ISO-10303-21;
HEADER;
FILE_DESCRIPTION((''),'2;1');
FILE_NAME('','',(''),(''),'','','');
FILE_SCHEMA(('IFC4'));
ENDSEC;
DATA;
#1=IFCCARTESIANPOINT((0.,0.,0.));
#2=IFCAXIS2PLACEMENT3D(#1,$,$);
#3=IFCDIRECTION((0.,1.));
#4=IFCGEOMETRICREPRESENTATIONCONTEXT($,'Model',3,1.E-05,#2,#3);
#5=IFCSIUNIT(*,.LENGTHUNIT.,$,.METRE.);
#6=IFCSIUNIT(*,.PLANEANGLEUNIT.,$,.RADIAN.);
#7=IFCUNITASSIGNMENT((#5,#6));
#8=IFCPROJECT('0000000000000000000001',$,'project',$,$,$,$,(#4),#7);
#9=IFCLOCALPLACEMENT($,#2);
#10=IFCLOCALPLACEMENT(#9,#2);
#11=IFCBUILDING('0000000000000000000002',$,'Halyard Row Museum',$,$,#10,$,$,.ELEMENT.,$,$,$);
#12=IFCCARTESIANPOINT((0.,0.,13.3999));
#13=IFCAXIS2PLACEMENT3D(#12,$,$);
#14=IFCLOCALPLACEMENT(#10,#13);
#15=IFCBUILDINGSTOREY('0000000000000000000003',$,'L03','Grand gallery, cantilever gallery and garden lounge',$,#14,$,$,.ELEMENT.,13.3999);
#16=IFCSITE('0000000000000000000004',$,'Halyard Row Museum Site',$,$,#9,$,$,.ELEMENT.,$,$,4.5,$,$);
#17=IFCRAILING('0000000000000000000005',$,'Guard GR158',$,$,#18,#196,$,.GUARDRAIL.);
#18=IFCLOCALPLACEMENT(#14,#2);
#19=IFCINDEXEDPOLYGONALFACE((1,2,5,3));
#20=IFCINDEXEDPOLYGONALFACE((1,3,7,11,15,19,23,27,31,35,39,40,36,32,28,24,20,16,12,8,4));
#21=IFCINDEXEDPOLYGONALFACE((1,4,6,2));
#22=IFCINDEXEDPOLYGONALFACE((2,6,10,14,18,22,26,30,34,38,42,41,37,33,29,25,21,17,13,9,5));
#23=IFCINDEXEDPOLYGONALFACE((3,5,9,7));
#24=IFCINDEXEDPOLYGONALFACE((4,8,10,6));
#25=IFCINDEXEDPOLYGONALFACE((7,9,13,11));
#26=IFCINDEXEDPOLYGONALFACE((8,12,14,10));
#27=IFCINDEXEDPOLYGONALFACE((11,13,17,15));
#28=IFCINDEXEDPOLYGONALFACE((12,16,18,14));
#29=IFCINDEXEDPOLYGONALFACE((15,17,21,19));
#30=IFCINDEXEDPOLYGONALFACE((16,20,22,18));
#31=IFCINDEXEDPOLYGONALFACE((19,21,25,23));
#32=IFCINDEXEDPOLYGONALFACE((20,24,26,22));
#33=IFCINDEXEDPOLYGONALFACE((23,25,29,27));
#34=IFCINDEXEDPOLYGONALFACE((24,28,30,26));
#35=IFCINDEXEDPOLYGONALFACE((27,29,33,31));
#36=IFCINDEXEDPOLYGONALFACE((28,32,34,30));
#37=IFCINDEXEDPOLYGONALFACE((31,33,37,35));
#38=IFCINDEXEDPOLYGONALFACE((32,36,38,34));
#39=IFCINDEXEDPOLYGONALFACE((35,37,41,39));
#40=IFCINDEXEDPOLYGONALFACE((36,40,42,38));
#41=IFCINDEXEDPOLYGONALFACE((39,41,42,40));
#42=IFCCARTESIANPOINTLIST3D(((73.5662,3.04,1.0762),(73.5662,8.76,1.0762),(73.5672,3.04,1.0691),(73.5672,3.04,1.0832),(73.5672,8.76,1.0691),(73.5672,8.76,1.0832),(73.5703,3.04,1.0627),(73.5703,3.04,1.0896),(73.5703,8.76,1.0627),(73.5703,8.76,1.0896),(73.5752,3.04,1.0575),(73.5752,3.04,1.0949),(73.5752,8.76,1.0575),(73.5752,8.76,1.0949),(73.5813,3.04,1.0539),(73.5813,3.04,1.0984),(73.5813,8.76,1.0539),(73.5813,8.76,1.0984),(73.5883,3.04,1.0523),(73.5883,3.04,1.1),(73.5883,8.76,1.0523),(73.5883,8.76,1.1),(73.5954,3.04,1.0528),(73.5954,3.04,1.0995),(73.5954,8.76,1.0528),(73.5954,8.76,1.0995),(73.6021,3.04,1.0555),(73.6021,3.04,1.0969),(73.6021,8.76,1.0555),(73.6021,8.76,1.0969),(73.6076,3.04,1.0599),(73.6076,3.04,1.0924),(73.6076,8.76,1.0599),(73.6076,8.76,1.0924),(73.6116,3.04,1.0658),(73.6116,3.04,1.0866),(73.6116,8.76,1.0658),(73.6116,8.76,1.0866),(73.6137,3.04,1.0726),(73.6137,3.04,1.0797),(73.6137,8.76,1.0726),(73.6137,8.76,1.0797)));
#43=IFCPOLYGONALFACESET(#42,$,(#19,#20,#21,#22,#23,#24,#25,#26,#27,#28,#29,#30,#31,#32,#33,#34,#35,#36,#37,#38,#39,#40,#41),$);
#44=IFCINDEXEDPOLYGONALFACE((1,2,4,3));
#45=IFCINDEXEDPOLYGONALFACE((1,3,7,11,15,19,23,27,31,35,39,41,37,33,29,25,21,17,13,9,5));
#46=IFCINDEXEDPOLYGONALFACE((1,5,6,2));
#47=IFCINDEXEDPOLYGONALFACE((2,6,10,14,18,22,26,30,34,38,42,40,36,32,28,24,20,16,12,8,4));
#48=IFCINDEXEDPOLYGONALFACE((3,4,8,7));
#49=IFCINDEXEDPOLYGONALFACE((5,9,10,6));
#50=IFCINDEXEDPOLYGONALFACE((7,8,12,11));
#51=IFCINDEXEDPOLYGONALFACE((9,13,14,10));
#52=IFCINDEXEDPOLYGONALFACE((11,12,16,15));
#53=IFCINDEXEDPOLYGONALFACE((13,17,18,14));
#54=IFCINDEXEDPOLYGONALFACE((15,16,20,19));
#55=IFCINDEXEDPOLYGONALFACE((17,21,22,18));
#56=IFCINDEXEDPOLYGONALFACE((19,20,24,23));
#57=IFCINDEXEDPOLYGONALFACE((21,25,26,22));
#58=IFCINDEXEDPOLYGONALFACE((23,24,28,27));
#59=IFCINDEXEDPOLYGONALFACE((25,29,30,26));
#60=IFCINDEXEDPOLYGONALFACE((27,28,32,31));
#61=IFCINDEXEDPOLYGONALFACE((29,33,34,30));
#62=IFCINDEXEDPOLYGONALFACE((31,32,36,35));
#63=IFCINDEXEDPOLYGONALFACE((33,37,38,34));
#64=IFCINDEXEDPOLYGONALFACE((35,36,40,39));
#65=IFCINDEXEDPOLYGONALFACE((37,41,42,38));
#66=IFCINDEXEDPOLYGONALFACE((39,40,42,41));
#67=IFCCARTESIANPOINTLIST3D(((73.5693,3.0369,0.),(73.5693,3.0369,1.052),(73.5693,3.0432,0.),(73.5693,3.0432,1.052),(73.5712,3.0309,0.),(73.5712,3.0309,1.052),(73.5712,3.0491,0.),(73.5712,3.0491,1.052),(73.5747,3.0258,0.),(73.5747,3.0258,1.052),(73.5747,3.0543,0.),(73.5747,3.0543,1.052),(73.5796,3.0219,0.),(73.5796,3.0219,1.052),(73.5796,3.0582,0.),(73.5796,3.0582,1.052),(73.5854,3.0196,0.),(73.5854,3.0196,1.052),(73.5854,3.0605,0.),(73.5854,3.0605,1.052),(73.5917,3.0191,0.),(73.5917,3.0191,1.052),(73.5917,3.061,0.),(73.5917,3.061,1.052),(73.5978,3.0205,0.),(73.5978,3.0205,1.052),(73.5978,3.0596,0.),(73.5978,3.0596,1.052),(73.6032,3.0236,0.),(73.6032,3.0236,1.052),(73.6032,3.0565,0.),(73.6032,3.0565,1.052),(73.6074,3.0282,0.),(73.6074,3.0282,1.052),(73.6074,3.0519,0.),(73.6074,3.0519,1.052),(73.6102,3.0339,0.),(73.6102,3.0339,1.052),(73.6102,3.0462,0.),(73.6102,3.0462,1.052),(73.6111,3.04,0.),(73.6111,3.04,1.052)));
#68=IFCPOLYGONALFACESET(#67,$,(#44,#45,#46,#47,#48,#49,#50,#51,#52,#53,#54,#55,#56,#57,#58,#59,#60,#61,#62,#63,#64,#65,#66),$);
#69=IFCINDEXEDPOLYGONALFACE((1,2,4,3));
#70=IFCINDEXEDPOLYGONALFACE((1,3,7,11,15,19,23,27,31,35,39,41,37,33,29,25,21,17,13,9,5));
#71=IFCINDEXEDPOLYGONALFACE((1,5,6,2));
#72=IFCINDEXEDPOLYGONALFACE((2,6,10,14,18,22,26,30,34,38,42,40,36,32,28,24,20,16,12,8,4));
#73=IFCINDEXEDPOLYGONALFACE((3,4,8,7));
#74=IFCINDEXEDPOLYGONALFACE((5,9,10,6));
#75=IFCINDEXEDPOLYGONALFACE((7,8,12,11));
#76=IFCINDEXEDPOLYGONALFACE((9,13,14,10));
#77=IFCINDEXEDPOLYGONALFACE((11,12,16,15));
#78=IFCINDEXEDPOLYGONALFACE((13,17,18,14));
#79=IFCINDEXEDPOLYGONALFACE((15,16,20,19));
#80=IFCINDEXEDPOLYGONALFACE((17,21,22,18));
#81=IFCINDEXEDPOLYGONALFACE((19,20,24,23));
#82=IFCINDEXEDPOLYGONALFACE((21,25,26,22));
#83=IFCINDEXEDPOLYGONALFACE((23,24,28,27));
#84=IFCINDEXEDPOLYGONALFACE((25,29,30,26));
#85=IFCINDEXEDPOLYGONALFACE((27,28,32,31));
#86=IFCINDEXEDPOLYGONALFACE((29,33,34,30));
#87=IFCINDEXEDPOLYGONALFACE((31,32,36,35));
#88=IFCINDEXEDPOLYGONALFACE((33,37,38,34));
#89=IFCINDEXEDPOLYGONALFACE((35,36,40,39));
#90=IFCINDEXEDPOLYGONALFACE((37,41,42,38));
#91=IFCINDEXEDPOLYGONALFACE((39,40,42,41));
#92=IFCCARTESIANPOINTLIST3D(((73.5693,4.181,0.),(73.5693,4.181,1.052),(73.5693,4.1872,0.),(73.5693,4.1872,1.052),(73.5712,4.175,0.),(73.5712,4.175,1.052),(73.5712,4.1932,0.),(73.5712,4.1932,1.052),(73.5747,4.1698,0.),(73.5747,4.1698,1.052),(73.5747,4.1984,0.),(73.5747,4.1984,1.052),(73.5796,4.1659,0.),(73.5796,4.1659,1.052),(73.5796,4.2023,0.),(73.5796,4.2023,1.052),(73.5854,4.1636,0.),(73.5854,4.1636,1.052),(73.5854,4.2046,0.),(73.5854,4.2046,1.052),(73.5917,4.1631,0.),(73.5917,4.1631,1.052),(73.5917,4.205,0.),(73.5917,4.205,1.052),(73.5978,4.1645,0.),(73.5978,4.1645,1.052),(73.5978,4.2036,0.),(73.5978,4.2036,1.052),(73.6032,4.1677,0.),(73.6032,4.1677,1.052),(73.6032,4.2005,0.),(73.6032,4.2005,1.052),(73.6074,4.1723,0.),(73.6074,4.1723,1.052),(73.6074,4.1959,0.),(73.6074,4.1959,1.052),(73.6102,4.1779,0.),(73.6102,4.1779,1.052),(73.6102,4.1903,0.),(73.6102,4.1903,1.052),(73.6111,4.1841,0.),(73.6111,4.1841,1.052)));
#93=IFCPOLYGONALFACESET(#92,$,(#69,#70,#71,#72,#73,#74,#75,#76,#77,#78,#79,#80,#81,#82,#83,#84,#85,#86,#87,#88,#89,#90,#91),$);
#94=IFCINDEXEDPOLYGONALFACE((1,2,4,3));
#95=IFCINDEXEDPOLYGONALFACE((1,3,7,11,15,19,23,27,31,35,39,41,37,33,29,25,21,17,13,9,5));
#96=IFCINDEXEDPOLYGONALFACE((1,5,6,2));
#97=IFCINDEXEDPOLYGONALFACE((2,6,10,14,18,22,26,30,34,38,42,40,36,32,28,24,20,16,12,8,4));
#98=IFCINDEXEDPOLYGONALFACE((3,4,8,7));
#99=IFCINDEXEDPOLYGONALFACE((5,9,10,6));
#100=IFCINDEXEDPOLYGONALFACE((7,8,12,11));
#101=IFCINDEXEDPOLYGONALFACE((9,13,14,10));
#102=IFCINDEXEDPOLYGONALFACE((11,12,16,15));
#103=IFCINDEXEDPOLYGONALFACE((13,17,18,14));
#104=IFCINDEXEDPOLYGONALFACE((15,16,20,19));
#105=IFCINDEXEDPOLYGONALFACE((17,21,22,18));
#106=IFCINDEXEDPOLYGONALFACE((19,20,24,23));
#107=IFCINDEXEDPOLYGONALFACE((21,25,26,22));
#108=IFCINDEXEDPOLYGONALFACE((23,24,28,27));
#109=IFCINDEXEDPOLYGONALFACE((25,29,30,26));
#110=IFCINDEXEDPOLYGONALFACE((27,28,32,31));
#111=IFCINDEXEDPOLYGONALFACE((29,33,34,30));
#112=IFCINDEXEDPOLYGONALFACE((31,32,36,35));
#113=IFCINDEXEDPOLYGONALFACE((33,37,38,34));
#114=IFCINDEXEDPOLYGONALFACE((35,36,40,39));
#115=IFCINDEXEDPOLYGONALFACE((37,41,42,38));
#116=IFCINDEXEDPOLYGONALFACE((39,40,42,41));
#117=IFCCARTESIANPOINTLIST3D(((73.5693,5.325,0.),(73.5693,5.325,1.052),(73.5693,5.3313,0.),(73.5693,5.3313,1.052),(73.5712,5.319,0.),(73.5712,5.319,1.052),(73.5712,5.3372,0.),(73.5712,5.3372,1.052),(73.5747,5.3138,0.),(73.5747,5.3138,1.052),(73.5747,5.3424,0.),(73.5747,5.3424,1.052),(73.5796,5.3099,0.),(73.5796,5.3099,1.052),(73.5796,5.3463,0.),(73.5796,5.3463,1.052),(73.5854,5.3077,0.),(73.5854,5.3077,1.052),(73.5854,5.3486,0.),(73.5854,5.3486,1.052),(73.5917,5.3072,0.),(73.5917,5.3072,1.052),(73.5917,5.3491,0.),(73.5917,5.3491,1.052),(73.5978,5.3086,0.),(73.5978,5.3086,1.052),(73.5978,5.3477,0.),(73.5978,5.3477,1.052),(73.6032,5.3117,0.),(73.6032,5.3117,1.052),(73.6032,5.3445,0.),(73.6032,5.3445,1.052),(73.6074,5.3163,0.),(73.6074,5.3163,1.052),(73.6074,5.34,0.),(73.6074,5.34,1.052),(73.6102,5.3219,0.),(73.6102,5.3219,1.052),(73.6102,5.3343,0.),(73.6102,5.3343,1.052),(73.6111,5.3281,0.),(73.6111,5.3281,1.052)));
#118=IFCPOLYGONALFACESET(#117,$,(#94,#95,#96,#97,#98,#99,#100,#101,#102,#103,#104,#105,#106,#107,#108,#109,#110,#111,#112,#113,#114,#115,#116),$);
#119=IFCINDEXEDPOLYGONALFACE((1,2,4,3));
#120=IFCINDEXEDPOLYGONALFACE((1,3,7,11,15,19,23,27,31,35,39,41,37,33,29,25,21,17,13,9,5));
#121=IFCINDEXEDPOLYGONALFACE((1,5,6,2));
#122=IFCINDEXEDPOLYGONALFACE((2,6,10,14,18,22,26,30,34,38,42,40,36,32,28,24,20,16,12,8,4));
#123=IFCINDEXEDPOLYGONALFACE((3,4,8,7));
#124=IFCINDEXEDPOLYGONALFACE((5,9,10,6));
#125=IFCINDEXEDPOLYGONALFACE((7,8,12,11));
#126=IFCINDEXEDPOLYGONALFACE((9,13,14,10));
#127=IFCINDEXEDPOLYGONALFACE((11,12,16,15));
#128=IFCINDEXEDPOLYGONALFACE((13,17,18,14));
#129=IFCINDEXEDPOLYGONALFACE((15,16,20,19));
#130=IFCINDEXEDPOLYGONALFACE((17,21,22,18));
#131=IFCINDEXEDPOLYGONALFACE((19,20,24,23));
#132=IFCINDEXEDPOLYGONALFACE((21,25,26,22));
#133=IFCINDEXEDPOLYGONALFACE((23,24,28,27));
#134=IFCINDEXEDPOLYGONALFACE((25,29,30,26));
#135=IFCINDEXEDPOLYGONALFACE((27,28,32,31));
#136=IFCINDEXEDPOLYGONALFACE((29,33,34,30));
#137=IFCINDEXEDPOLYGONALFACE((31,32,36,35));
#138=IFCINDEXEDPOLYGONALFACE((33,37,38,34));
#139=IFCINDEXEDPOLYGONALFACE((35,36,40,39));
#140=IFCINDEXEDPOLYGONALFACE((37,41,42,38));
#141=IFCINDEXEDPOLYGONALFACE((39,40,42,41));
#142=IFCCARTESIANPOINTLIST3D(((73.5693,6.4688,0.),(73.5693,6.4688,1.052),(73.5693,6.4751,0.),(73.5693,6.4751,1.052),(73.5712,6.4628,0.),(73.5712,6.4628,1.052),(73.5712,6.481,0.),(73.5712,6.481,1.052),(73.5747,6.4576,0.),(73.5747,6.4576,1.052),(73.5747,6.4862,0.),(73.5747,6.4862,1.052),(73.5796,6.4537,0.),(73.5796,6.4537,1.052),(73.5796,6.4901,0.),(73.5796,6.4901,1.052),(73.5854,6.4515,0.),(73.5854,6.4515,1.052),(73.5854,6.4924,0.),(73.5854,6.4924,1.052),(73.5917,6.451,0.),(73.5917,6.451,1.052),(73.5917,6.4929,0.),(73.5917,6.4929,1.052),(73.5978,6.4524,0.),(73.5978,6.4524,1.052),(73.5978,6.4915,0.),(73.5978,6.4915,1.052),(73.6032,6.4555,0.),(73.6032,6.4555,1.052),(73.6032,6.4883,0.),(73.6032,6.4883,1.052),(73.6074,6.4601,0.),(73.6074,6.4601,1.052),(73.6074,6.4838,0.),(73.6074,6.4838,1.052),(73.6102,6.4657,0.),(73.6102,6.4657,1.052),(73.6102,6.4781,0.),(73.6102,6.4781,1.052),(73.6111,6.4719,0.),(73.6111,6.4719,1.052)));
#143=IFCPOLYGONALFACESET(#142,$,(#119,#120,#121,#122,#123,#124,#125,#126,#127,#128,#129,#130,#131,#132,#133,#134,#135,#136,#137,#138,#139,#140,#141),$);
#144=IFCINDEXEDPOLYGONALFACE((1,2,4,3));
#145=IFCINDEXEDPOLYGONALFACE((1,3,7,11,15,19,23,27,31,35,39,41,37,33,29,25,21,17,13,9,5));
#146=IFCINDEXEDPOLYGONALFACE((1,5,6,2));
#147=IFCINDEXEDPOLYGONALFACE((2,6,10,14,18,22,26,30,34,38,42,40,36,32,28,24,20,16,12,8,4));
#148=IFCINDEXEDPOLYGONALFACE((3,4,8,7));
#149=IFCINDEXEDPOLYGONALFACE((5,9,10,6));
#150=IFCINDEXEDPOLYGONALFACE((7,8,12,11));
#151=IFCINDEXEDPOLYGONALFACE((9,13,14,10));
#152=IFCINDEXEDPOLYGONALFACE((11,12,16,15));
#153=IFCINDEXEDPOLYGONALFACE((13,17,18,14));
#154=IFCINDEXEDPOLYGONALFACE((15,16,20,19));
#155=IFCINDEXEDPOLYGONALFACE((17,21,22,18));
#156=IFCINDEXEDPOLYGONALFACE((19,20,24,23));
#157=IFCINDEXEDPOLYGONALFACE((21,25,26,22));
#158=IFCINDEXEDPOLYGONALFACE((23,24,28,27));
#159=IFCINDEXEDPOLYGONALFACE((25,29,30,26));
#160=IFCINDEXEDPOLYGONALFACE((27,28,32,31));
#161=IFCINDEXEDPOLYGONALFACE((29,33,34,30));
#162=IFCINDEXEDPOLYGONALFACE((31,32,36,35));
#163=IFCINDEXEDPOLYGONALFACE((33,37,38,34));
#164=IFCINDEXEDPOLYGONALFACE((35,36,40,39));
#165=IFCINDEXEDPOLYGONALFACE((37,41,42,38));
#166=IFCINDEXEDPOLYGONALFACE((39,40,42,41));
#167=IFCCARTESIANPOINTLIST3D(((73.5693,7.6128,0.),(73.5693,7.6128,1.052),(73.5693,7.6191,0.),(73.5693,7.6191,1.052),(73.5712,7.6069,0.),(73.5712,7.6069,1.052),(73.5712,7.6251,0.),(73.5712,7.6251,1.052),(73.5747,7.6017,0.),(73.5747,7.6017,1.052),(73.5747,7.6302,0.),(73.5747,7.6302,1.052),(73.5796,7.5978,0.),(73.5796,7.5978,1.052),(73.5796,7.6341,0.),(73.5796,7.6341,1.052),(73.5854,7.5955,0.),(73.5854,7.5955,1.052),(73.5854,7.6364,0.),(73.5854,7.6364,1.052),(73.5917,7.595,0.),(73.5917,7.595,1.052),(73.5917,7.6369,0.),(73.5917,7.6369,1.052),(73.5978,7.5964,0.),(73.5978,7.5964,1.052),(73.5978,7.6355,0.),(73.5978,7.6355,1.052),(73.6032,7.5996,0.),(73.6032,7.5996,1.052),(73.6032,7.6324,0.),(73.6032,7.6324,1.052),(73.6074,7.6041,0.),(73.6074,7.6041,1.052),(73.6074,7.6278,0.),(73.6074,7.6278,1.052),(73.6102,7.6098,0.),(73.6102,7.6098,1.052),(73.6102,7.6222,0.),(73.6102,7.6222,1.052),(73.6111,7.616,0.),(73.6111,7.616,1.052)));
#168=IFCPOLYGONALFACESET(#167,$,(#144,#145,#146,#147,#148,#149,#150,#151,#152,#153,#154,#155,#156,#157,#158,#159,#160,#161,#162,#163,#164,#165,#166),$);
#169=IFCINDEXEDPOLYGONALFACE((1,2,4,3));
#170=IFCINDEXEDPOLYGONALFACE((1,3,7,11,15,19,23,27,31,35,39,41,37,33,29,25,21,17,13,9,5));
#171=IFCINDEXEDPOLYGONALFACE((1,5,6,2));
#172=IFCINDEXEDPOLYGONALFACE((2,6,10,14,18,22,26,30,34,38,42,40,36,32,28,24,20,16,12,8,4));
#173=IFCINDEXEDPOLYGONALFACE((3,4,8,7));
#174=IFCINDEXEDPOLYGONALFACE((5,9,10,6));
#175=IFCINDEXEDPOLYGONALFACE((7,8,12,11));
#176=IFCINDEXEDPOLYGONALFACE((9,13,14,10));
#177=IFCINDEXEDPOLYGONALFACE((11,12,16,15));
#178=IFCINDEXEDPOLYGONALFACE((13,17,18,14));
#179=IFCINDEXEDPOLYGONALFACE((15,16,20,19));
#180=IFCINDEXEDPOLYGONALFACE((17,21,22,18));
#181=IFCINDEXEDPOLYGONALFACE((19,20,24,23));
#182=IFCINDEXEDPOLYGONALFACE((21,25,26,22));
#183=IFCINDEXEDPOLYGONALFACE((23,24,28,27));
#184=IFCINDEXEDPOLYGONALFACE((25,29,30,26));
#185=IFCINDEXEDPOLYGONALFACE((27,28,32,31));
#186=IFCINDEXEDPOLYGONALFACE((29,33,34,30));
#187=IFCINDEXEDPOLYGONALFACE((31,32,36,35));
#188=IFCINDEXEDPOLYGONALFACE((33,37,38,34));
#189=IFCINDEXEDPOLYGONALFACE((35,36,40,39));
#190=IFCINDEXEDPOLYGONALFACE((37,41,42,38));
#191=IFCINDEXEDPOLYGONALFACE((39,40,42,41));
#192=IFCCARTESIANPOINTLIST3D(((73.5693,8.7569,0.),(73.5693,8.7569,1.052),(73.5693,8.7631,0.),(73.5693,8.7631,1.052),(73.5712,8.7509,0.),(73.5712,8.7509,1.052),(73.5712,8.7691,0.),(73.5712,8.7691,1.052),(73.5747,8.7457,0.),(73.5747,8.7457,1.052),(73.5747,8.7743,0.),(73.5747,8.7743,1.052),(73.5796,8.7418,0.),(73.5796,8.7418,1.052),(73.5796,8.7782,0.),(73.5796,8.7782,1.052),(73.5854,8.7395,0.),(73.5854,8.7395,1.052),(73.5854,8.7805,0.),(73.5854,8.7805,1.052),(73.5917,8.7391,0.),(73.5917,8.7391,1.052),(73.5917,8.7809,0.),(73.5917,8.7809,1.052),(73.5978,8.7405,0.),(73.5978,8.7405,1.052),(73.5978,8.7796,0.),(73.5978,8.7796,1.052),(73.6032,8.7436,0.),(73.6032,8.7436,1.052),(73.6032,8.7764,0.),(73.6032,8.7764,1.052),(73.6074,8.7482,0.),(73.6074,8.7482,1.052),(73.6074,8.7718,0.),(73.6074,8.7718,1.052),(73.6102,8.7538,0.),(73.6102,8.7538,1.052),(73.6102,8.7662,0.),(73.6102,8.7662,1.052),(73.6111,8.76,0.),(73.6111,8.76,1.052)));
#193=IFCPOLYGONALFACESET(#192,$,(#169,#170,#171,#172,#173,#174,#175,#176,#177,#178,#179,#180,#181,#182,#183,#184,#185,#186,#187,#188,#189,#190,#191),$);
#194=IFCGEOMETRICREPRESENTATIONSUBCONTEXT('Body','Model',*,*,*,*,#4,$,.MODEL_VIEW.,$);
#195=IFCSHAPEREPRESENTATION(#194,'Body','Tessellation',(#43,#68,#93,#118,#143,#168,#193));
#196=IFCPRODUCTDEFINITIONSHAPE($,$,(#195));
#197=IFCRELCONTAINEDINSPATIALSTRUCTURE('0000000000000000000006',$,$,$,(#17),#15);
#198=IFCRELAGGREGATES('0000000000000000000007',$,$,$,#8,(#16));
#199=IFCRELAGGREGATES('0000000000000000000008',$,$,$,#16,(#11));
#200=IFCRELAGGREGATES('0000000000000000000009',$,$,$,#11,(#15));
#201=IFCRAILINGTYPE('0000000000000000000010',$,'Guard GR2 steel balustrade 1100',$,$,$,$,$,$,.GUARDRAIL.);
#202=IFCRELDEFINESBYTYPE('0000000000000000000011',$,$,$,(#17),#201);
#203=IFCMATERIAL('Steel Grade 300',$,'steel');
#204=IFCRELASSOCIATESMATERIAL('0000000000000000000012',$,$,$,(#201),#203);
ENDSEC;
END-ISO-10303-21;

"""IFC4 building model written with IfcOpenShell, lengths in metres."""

from ifc_helpers import new_model, si_unit, direction, frame, origin, origin_2d, place, context, subcontext, project, spatial, circle, extrude, material, type_object, element, save


model = new_model("IFC4")

# Units and contexts
model_context = context("Model", 3, precision=1e-05, world=origin(), true_north=direction((0.0, 1.0)))
body_context = subcontext(model_context, "Body", "Model", "MODEL_VIEW")
ifc_project = project(units=[si_unit("LENGTHUNIT", "METRE"), si_unit("PLANEANGLEUNIT", "RADIAN")], contexts=[model_context])

# Site, building, storey
site_placement = place(None, origin())
site = spatial("IfcSite", under=ifc_project, at=site_placement, Name="Halyard Row Museum Site", CompositionType="ELEMENT", RefElevation=4.5)
building_placement = place(site_placement, origin())
building = spatial("IfcBuilding", under=site, at=building_placement, Name="Halyard Row Museum", CompositionType="ELEMENT")
storey_placement = place(building_placement, frame((0.0, 0.0, 13.3999)))
storey = spatial("IfcBuildingStorey", under=building, at=storey_placement, Name="L03", Description="Grand gallery, cantilever gallery and garden lounge", CompositionType="ELEMENT", Elevation=13.3999)

# Railing
ifc_material_1 = material(Name="Steel Grade 300", Category="steel")
railing_type_1 = type_object("IfcRailingType", Name="Guard GR2 steel balustrade 1100", PredefinedType="GUARDRAIL", material=ifc_material_1)
railing_1_placement = place(storey_placement, frame((73.5901, 3.04, 0.0)))
element("IfcRailing", 1, at=railing_1_placement, inside=storey, type_object=railing_type_1, Name="Guard GR158", PredefinedType="GUARDRAIL", context=body_context, shape_type="SweptSolid", body=[
    extrude(circle(Radius=0.0239, at=origin_2d()), frame((0.0, 0.0, 1.0762), z_axis=(0.0, 1.0, 0.0), x_axis=(-1.0, 0.0, 0.0)), (0.0, 0.0, 1.0), 5.72),
    extrude(circle(Radius=0.021, at=origin_2d()), origin(), (0.0, 0.0, 1.0), 1.052),
    extrude(circle(Radius=0.021, at=origin_2d()), frame((0.0, 1.144, 0.0)), (0.0, 0.0, 1.0), 1.052),
    extrude(circle(Radius=0.021, at=origin_2d()), frame((0.0, 2.2881, 0.0)), (0.0, 0.0, 1.0), 1.052),
    extrude(circle(Radius=0.021, at=origin_2d()), frame((0.0, 3.4319, 0.0)), (0.0, 0.0, 1.0), 1.052),
    extrude(circle(Radius=0.021, at=origin_2d()), frame((0.0, 4.5759, 0.0)), (0.0, 0.0, 1.0), 1.052),
    extrude(circle(Radius=0.021, at=origin_2d()), frame((0.0, 5.72, 0.0)), (0.0, 0.0, 1.0), 1.052),
])

save(model, "model.ifc")
